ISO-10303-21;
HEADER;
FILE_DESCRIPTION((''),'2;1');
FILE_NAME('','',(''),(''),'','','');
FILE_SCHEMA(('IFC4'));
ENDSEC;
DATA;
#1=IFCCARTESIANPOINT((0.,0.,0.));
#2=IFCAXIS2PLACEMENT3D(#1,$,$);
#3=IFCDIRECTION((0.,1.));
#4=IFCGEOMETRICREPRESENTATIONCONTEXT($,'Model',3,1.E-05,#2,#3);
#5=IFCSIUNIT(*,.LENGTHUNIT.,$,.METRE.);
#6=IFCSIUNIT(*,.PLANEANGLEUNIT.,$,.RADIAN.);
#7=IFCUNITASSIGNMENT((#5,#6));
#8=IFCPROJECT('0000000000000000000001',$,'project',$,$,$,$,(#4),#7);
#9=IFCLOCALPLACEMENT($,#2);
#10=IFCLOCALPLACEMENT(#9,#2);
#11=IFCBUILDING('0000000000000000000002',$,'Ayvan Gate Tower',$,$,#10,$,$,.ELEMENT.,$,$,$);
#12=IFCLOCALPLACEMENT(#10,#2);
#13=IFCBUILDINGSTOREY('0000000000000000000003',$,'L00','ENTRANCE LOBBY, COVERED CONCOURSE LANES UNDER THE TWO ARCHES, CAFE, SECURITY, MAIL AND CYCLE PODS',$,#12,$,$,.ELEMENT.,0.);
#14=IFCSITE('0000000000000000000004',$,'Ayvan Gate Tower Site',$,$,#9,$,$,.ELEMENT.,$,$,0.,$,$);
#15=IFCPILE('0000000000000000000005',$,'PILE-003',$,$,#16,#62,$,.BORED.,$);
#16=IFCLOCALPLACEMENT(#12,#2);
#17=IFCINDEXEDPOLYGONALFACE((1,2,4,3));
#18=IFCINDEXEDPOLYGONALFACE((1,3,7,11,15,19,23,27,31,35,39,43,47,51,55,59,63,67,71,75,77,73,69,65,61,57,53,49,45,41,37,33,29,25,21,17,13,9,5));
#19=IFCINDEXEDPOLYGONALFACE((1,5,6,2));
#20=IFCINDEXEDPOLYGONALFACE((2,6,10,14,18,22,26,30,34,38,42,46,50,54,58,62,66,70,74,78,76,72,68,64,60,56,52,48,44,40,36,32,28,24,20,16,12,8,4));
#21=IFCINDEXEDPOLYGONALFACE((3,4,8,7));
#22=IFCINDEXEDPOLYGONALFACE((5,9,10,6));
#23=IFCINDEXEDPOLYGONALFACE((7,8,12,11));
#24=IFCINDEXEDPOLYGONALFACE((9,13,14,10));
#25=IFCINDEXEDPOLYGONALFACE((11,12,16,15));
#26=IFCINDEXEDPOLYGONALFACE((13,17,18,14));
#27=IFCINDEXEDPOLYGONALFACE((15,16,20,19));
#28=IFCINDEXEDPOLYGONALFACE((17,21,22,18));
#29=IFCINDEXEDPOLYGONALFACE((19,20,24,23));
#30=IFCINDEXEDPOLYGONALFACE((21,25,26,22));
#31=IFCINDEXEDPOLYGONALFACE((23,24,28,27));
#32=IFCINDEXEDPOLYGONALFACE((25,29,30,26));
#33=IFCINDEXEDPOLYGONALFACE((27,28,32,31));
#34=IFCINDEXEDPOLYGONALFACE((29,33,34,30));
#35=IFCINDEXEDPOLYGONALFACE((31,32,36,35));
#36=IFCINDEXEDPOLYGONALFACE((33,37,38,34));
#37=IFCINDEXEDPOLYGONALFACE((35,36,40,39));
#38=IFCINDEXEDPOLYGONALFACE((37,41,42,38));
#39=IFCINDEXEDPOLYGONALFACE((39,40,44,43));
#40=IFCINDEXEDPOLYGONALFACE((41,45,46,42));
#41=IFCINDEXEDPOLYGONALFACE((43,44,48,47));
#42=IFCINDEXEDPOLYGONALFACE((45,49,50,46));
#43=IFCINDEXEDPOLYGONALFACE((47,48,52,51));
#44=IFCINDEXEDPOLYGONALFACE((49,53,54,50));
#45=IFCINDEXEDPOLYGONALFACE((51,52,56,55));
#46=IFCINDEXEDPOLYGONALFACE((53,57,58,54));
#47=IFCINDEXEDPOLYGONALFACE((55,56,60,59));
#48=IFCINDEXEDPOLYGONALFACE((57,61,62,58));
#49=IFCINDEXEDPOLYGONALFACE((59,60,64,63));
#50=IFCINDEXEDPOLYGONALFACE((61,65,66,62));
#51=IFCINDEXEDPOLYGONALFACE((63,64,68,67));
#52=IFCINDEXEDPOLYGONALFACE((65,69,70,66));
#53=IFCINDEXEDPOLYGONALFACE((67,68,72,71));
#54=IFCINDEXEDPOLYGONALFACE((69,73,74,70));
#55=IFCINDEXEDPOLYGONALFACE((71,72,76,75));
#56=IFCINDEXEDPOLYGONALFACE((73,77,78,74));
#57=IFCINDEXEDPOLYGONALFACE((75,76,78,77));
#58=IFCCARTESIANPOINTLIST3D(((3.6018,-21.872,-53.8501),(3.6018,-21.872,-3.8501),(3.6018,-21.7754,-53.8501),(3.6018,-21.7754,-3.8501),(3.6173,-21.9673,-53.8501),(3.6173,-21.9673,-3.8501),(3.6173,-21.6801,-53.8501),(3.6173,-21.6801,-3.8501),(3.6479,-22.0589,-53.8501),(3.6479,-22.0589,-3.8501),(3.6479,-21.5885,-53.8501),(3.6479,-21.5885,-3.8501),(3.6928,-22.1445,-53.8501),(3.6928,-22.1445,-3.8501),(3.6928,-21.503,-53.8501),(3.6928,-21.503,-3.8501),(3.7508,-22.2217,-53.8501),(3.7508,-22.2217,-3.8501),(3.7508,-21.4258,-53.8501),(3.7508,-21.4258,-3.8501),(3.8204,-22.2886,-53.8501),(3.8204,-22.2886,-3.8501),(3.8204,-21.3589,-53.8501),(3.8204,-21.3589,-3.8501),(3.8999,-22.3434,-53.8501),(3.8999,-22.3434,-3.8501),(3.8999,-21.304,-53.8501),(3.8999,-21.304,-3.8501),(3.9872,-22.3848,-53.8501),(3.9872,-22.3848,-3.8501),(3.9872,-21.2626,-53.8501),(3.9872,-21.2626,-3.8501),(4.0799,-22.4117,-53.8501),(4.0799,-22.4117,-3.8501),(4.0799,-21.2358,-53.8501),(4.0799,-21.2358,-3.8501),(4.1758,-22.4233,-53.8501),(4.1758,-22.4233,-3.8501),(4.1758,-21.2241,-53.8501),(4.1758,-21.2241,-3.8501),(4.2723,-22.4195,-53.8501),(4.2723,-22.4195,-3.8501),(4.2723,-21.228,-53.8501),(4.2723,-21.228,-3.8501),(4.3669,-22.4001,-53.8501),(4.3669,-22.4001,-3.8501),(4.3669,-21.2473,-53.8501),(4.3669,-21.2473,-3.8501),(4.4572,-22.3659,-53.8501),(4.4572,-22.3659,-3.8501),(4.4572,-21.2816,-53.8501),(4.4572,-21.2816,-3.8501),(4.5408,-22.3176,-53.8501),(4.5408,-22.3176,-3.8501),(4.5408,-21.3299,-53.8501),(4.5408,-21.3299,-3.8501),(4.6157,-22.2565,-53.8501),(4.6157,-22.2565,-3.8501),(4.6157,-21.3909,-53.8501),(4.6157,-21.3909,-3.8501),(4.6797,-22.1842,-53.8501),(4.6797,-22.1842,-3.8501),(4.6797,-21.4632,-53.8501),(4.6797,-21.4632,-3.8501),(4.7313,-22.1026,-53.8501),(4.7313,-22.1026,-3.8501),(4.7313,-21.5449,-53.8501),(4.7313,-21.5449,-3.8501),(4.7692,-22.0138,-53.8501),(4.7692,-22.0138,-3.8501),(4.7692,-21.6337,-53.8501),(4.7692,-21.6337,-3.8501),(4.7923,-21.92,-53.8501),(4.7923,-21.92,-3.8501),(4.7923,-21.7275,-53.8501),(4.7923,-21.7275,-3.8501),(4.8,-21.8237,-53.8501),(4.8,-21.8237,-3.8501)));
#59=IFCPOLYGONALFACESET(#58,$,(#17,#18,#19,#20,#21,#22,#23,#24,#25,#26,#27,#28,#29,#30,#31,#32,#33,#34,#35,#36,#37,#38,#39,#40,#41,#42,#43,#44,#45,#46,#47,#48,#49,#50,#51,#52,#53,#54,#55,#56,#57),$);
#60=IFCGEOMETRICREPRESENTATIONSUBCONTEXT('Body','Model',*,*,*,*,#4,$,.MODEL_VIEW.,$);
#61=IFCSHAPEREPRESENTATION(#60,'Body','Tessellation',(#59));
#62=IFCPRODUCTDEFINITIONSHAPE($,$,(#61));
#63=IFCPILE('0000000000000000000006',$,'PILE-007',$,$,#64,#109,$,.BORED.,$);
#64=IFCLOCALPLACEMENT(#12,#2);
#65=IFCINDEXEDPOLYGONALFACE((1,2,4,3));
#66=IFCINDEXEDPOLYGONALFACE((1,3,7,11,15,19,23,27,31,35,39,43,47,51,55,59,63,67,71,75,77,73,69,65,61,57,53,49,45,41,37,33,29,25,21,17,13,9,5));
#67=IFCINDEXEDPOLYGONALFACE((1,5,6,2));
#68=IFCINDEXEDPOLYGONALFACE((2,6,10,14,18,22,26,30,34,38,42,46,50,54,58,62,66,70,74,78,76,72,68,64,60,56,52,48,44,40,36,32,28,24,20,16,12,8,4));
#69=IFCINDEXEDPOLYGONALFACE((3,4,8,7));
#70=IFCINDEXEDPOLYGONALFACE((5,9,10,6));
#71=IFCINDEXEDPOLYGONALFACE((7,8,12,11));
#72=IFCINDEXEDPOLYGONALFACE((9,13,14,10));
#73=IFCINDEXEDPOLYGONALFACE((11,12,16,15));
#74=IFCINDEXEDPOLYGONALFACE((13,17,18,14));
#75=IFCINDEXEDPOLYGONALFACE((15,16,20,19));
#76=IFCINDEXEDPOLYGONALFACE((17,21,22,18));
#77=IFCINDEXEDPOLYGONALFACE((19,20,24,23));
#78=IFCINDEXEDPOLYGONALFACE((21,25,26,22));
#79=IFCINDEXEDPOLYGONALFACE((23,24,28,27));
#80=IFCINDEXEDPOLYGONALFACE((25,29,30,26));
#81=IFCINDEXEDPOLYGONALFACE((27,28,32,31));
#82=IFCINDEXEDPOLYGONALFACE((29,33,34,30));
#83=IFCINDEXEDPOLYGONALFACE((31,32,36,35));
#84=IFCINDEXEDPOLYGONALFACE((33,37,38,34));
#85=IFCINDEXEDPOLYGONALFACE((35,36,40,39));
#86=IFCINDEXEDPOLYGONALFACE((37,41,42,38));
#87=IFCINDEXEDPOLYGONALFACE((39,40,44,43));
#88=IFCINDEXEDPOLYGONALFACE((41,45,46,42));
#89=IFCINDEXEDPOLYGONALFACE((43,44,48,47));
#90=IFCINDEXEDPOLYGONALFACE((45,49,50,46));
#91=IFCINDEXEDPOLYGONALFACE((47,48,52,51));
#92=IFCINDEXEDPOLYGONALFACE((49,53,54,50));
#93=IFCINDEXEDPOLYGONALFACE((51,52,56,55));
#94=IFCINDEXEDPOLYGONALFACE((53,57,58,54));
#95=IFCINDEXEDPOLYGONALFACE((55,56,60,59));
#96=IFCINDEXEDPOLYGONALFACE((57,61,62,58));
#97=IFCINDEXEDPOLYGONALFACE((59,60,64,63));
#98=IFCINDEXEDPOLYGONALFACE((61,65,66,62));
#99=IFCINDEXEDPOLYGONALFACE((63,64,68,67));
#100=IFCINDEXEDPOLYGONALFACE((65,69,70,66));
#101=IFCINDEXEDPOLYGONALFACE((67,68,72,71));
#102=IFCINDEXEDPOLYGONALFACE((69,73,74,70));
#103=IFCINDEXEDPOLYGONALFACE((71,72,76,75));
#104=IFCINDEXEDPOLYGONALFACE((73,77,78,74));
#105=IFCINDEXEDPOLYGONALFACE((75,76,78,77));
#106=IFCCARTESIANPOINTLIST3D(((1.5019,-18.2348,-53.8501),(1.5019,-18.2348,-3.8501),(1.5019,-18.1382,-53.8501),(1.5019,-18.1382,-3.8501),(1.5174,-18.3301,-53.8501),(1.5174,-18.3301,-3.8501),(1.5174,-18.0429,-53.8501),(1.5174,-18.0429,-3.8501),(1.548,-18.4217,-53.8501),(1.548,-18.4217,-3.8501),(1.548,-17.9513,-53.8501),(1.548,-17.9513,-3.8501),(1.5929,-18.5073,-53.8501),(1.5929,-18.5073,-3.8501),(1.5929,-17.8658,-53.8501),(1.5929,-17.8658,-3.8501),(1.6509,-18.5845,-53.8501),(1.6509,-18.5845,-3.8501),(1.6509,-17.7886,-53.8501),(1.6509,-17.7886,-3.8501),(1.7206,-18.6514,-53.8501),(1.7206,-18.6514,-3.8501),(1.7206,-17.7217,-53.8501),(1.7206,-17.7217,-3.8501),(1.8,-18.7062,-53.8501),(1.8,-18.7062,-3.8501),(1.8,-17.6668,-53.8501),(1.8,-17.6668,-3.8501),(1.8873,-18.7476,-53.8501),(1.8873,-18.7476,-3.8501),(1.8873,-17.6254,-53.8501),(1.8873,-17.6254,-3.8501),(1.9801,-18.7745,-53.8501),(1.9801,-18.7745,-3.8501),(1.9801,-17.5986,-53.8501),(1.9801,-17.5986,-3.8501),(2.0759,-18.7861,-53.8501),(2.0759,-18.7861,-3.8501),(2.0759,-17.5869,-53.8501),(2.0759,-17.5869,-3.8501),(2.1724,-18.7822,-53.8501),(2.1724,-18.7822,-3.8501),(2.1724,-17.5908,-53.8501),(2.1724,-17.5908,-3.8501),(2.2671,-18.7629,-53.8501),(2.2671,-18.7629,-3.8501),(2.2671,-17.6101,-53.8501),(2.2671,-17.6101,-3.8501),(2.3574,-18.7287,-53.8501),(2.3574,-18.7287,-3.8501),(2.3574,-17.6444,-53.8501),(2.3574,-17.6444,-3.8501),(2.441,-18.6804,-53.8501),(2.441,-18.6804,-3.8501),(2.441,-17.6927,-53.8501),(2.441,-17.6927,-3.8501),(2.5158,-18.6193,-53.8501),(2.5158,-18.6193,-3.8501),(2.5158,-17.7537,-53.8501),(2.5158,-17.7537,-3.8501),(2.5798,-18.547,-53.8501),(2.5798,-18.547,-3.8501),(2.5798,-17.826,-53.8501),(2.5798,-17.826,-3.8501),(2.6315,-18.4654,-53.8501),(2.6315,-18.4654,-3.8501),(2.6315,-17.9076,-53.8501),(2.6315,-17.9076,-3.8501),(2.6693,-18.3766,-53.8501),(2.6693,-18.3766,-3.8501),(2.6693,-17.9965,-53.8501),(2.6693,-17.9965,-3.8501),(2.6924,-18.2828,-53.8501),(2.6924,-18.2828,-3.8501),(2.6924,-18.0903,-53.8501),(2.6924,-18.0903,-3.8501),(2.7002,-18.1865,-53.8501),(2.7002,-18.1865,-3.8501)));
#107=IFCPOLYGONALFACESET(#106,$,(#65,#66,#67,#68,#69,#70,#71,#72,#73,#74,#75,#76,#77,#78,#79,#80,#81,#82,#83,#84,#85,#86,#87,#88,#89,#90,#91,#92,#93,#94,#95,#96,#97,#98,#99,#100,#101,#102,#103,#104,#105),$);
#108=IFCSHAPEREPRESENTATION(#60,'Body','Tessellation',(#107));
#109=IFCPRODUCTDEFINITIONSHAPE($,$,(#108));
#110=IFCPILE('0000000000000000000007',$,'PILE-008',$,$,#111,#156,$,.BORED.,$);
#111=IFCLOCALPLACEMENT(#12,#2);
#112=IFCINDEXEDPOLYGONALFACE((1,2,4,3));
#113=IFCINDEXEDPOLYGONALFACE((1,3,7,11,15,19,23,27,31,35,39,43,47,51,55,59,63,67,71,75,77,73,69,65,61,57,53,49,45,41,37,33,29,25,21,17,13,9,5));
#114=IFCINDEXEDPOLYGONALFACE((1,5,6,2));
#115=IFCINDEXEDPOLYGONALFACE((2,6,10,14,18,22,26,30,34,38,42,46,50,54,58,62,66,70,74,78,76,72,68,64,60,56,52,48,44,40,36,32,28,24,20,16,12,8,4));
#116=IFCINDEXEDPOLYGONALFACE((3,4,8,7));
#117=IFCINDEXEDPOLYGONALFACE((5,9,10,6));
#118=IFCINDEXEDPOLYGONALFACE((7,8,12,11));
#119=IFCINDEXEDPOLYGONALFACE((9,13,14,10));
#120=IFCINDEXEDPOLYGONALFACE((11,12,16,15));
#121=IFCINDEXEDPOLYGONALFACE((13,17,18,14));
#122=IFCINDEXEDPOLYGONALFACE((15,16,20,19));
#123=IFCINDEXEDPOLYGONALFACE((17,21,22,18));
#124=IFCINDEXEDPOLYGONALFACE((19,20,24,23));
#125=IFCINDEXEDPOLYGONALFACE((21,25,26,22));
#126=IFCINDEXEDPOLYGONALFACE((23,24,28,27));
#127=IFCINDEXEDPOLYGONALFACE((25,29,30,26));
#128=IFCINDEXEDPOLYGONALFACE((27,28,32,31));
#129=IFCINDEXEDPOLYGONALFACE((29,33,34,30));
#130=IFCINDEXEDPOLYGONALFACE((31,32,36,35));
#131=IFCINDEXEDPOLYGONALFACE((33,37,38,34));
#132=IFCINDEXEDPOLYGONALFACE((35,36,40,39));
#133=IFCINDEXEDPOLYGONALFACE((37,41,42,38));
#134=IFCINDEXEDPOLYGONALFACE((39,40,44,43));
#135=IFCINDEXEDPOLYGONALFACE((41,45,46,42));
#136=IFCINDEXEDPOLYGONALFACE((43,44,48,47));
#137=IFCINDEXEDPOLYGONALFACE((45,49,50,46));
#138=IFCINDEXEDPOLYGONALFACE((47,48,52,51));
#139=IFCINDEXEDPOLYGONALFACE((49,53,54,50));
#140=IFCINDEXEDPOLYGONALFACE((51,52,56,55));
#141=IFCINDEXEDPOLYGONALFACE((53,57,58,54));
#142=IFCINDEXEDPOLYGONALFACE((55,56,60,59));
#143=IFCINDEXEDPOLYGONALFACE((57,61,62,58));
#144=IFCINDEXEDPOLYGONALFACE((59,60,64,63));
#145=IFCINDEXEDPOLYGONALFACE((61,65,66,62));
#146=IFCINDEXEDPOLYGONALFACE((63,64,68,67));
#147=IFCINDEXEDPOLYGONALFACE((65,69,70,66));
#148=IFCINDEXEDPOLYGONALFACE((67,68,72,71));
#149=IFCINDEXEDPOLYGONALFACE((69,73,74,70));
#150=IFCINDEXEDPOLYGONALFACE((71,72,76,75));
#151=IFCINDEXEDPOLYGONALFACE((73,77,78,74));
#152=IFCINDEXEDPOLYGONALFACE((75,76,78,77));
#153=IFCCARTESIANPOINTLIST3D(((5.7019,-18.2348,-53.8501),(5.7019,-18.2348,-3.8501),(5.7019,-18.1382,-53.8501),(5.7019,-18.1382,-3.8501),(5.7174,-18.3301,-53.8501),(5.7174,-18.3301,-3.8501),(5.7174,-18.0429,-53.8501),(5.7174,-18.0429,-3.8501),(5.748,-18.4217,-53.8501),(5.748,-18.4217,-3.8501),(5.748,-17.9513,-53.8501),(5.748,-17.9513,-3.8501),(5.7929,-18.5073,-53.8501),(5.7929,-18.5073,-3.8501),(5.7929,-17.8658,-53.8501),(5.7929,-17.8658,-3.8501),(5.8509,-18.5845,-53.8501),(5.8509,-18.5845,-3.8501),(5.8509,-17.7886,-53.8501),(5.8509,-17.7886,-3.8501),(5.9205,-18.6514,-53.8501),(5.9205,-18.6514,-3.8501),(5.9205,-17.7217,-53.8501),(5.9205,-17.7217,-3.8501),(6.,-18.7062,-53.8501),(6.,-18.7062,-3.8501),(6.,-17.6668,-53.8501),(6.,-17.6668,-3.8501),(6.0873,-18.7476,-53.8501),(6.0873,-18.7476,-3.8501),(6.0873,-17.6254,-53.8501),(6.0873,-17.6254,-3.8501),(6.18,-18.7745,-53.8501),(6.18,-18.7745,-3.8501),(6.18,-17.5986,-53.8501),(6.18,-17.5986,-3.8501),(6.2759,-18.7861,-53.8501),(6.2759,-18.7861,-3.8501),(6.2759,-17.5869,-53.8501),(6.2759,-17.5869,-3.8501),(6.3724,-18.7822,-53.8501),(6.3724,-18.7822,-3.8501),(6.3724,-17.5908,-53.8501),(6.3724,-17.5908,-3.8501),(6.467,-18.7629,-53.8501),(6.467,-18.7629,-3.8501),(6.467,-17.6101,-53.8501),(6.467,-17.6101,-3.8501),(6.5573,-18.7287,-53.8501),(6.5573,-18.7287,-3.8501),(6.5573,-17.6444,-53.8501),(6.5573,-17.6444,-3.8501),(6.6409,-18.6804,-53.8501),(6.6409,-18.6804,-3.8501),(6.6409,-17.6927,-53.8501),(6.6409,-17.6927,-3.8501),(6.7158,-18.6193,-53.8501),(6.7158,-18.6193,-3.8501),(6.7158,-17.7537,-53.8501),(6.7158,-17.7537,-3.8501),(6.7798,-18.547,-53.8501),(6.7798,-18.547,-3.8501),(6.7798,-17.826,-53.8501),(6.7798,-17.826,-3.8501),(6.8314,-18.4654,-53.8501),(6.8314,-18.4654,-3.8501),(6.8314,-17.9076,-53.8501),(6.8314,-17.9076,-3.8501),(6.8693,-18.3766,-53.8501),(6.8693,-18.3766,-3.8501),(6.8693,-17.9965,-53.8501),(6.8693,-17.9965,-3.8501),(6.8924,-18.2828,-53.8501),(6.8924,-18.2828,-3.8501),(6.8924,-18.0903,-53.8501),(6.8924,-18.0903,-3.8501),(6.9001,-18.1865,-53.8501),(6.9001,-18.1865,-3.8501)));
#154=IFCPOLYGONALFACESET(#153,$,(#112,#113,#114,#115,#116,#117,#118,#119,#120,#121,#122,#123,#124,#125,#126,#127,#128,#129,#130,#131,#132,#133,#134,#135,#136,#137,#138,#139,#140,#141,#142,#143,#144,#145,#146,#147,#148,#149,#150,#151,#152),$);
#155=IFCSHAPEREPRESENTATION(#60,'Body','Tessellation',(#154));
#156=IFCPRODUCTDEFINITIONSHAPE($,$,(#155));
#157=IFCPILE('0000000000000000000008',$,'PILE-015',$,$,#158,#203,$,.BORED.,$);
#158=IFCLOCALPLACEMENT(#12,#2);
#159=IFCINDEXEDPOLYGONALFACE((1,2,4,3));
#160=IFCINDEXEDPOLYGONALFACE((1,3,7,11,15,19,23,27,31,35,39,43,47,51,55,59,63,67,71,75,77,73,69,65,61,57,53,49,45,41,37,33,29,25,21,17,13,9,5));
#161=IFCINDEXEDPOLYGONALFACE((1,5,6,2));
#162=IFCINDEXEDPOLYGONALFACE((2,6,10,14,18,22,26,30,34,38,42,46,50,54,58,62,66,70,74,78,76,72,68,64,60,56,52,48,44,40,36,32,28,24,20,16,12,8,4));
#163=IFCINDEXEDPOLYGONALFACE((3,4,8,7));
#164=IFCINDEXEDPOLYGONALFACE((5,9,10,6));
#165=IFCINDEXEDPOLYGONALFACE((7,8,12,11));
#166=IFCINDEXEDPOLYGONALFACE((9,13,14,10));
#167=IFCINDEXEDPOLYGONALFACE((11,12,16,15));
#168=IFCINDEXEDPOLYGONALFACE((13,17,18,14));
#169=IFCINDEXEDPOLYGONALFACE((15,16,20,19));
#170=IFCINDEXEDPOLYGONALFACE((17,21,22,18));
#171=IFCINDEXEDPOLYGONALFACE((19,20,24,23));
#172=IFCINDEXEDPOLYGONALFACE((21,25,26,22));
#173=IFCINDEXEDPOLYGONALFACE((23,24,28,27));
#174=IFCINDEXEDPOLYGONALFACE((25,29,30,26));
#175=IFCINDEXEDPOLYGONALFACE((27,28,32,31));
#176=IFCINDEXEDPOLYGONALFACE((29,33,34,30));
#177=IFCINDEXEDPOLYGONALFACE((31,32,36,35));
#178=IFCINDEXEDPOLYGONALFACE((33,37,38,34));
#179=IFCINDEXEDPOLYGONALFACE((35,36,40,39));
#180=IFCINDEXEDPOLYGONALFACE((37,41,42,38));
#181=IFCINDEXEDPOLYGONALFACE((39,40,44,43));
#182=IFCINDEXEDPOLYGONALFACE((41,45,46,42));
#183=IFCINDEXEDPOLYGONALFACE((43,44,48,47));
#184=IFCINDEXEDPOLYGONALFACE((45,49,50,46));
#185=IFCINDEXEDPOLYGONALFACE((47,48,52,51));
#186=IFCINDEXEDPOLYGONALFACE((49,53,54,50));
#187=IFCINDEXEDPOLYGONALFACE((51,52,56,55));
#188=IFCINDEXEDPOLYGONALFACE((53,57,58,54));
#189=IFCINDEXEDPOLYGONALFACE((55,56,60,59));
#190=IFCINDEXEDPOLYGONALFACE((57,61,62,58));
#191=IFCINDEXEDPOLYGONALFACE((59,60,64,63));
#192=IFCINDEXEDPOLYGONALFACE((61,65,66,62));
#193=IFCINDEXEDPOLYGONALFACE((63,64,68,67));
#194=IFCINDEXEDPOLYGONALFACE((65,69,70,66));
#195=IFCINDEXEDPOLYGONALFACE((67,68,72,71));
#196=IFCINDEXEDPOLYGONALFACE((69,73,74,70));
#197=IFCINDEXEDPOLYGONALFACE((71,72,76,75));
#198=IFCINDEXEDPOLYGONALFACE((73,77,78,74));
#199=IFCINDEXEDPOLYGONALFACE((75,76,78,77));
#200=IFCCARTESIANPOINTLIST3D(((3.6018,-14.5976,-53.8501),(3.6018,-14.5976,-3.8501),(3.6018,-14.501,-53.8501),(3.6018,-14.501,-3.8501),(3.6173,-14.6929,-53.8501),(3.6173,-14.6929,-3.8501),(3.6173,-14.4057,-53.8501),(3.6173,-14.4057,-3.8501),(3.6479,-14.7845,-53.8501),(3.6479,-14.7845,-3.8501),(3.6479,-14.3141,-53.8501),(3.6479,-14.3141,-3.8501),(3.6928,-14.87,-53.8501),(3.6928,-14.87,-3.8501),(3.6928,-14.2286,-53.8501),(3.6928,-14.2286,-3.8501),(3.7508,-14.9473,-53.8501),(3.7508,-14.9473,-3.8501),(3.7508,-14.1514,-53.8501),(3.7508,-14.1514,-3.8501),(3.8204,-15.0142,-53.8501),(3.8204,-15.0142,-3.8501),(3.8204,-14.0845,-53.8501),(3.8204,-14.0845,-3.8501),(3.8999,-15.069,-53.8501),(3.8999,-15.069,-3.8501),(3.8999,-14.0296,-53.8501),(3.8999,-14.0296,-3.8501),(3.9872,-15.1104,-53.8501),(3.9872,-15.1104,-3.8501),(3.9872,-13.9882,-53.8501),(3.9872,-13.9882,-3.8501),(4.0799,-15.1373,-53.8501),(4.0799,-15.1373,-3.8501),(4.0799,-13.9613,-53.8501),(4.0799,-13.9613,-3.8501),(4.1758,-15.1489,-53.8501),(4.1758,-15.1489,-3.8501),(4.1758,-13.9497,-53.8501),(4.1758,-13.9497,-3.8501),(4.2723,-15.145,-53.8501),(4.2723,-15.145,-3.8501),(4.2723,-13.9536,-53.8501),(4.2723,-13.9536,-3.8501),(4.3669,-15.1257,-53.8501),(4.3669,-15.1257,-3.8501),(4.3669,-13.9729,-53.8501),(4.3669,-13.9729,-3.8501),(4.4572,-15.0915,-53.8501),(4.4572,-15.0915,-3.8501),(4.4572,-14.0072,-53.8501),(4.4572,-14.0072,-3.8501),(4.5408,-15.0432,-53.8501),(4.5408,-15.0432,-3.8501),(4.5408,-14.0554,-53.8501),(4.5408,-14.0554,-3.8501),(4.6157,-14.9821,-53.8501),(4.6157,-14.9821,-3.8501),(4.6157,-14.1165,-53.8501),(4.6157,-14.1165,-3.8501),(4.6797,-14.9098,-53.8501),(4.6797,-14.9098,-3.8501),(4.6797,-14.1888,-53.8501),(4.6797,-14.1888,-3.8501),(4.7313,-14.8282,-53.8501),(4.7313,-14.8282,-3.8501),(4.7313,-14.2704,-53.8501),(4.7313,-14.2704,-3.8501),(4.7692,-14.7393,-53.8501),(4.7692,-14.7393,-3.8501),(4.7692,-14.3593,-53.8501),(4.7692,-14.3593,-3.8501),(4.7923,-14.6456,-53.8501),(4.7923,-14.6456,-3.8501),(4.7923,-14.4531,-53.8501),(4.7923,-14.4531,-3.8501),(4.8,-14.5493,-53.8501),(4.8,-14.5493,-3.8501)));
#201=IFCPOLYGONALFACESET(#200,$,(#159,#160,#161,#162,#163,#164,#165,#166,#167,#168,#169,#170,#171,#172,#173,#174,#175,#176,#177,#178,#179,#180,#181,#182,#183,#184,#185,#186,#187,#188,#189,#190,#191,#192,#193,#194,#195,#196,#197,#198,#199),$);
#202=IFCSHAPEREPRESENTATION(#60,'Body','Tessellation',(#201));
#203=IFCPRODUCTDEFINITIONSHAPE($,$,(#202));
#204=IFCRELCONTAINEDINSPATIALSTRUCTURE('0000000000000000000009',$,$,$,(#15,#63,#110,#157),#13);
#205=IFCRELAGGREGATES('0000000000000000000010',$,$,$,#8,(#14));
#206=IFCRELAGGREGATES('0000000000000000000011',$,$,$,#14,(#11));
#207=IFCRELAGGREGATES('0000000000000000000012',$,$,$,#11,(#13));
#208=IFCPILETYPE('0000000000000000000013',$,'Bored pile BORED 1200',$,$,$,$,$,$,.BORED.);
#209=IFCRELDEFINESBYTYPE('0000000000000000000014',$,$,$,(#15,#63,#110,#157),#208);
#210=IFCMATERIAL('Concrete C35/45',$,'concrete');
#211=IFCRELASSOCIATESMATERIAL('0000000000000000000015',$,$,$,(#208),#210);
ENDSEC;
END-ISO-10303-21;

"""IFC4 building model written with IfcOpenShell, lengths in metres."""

from ifc_helpers import new_model, si_unit, direction, frame, origin, origin_2d, place, context, subcontext, project, spatial, circle, extrude, material, material_profile, profile_set, type_object, element, save


model = new_model("IFC4")

# Units and contexts
model_context = context("Model", 3, precision=1e-05, world=origin(), true_north=direction((0.0, 1.0)))
body_context = subcontext(model_context, "Body", "Model", "MODEL_VIEW")
ifc_project = project(units=[si_unit("LENGTHUNIT", "METRE"), si_unit("PLANEANGLEUNIT", "RADIAN")], contexts=[model_context])

# Site, building, storey
site_placement = place(None, origin())
site = spatial("IfcSite", under=ifc_project, at=site_placement, Name="Ayvan Gate Tower Site", CompositionType="ELEMENT", RefElevation=0.0)
building_placement = place(site_placement, origin())
building = spatial("IfcBuilding", under=site, at=building_placement, Name="Ayvan Gate Tower", CompositionType="ELEMENT")
storey_placement = place(building_placement, origin())
storey = spatial("IfcBuildingStorey", under=building, at=storey_placement, Name="L00", Description="ENTRANCE LOBBY, COVERED CONCOURSE LANES UNDER THE TWO ARCHES, CAFE, SECURITY, MAIL AND CYCLE PODS", CompositionType="ELEMENT", Elevation=0.0)

# Piles
ifc_material_1 = material(Name="Concrete C35/45", Category="concrete")
ifc_material_profile_1 = material_profile(ifc_material_1, circle(Radius=0.6001, at=origin_2d()), Name="BORED 1200")
ifc_profile_set_1 = profile_set([ifc_material_profile_1], Name="Concrete C35/45")
pile_type = type_object("IfcPileType", Name="Bored pile BORED 1200", PredefinedType="BORED", material=ifc_profile_set_1)
for number, where, z_axis, x_axis, name in (
    (1, (4.2, -21.8237, -3.8501), (0.0, 0.0, -1.0), (1.0, 0.0, 0.0), "PILE-003"),
    (2, (2.1001, -18.1865, -3.8501), (0.0, 0.0, -1.0), (1.0, 0.0, 0.0), "PILE-007"),
    (3, (6.3, -18.1865, -3.8501), (0.0, 0.0, -1.0), (1.0, 0.0, 0.0), "PILE-008"),
    (4, (4.2, -14.5493, -3.8501), (0.0, 0.0, -1.0), (1.0, 0.0, 0.0), "PILE-015"),
):
    element("IfcPile", number, at=place(storey_placement, frame(where, z_axis=z_axis, x_axis=x_axis)), inside=storey, type_object=pile_type, Name=name, PredefinedType="BORED", context=body_context, shape_type="SweptSolid", body=[
        extrude(circle(Radius=0.6001, at=origin_2d()), origin(), (0.0, 0.0, 1.0), 50.0),
    ])

save(model, "model.ifc")
